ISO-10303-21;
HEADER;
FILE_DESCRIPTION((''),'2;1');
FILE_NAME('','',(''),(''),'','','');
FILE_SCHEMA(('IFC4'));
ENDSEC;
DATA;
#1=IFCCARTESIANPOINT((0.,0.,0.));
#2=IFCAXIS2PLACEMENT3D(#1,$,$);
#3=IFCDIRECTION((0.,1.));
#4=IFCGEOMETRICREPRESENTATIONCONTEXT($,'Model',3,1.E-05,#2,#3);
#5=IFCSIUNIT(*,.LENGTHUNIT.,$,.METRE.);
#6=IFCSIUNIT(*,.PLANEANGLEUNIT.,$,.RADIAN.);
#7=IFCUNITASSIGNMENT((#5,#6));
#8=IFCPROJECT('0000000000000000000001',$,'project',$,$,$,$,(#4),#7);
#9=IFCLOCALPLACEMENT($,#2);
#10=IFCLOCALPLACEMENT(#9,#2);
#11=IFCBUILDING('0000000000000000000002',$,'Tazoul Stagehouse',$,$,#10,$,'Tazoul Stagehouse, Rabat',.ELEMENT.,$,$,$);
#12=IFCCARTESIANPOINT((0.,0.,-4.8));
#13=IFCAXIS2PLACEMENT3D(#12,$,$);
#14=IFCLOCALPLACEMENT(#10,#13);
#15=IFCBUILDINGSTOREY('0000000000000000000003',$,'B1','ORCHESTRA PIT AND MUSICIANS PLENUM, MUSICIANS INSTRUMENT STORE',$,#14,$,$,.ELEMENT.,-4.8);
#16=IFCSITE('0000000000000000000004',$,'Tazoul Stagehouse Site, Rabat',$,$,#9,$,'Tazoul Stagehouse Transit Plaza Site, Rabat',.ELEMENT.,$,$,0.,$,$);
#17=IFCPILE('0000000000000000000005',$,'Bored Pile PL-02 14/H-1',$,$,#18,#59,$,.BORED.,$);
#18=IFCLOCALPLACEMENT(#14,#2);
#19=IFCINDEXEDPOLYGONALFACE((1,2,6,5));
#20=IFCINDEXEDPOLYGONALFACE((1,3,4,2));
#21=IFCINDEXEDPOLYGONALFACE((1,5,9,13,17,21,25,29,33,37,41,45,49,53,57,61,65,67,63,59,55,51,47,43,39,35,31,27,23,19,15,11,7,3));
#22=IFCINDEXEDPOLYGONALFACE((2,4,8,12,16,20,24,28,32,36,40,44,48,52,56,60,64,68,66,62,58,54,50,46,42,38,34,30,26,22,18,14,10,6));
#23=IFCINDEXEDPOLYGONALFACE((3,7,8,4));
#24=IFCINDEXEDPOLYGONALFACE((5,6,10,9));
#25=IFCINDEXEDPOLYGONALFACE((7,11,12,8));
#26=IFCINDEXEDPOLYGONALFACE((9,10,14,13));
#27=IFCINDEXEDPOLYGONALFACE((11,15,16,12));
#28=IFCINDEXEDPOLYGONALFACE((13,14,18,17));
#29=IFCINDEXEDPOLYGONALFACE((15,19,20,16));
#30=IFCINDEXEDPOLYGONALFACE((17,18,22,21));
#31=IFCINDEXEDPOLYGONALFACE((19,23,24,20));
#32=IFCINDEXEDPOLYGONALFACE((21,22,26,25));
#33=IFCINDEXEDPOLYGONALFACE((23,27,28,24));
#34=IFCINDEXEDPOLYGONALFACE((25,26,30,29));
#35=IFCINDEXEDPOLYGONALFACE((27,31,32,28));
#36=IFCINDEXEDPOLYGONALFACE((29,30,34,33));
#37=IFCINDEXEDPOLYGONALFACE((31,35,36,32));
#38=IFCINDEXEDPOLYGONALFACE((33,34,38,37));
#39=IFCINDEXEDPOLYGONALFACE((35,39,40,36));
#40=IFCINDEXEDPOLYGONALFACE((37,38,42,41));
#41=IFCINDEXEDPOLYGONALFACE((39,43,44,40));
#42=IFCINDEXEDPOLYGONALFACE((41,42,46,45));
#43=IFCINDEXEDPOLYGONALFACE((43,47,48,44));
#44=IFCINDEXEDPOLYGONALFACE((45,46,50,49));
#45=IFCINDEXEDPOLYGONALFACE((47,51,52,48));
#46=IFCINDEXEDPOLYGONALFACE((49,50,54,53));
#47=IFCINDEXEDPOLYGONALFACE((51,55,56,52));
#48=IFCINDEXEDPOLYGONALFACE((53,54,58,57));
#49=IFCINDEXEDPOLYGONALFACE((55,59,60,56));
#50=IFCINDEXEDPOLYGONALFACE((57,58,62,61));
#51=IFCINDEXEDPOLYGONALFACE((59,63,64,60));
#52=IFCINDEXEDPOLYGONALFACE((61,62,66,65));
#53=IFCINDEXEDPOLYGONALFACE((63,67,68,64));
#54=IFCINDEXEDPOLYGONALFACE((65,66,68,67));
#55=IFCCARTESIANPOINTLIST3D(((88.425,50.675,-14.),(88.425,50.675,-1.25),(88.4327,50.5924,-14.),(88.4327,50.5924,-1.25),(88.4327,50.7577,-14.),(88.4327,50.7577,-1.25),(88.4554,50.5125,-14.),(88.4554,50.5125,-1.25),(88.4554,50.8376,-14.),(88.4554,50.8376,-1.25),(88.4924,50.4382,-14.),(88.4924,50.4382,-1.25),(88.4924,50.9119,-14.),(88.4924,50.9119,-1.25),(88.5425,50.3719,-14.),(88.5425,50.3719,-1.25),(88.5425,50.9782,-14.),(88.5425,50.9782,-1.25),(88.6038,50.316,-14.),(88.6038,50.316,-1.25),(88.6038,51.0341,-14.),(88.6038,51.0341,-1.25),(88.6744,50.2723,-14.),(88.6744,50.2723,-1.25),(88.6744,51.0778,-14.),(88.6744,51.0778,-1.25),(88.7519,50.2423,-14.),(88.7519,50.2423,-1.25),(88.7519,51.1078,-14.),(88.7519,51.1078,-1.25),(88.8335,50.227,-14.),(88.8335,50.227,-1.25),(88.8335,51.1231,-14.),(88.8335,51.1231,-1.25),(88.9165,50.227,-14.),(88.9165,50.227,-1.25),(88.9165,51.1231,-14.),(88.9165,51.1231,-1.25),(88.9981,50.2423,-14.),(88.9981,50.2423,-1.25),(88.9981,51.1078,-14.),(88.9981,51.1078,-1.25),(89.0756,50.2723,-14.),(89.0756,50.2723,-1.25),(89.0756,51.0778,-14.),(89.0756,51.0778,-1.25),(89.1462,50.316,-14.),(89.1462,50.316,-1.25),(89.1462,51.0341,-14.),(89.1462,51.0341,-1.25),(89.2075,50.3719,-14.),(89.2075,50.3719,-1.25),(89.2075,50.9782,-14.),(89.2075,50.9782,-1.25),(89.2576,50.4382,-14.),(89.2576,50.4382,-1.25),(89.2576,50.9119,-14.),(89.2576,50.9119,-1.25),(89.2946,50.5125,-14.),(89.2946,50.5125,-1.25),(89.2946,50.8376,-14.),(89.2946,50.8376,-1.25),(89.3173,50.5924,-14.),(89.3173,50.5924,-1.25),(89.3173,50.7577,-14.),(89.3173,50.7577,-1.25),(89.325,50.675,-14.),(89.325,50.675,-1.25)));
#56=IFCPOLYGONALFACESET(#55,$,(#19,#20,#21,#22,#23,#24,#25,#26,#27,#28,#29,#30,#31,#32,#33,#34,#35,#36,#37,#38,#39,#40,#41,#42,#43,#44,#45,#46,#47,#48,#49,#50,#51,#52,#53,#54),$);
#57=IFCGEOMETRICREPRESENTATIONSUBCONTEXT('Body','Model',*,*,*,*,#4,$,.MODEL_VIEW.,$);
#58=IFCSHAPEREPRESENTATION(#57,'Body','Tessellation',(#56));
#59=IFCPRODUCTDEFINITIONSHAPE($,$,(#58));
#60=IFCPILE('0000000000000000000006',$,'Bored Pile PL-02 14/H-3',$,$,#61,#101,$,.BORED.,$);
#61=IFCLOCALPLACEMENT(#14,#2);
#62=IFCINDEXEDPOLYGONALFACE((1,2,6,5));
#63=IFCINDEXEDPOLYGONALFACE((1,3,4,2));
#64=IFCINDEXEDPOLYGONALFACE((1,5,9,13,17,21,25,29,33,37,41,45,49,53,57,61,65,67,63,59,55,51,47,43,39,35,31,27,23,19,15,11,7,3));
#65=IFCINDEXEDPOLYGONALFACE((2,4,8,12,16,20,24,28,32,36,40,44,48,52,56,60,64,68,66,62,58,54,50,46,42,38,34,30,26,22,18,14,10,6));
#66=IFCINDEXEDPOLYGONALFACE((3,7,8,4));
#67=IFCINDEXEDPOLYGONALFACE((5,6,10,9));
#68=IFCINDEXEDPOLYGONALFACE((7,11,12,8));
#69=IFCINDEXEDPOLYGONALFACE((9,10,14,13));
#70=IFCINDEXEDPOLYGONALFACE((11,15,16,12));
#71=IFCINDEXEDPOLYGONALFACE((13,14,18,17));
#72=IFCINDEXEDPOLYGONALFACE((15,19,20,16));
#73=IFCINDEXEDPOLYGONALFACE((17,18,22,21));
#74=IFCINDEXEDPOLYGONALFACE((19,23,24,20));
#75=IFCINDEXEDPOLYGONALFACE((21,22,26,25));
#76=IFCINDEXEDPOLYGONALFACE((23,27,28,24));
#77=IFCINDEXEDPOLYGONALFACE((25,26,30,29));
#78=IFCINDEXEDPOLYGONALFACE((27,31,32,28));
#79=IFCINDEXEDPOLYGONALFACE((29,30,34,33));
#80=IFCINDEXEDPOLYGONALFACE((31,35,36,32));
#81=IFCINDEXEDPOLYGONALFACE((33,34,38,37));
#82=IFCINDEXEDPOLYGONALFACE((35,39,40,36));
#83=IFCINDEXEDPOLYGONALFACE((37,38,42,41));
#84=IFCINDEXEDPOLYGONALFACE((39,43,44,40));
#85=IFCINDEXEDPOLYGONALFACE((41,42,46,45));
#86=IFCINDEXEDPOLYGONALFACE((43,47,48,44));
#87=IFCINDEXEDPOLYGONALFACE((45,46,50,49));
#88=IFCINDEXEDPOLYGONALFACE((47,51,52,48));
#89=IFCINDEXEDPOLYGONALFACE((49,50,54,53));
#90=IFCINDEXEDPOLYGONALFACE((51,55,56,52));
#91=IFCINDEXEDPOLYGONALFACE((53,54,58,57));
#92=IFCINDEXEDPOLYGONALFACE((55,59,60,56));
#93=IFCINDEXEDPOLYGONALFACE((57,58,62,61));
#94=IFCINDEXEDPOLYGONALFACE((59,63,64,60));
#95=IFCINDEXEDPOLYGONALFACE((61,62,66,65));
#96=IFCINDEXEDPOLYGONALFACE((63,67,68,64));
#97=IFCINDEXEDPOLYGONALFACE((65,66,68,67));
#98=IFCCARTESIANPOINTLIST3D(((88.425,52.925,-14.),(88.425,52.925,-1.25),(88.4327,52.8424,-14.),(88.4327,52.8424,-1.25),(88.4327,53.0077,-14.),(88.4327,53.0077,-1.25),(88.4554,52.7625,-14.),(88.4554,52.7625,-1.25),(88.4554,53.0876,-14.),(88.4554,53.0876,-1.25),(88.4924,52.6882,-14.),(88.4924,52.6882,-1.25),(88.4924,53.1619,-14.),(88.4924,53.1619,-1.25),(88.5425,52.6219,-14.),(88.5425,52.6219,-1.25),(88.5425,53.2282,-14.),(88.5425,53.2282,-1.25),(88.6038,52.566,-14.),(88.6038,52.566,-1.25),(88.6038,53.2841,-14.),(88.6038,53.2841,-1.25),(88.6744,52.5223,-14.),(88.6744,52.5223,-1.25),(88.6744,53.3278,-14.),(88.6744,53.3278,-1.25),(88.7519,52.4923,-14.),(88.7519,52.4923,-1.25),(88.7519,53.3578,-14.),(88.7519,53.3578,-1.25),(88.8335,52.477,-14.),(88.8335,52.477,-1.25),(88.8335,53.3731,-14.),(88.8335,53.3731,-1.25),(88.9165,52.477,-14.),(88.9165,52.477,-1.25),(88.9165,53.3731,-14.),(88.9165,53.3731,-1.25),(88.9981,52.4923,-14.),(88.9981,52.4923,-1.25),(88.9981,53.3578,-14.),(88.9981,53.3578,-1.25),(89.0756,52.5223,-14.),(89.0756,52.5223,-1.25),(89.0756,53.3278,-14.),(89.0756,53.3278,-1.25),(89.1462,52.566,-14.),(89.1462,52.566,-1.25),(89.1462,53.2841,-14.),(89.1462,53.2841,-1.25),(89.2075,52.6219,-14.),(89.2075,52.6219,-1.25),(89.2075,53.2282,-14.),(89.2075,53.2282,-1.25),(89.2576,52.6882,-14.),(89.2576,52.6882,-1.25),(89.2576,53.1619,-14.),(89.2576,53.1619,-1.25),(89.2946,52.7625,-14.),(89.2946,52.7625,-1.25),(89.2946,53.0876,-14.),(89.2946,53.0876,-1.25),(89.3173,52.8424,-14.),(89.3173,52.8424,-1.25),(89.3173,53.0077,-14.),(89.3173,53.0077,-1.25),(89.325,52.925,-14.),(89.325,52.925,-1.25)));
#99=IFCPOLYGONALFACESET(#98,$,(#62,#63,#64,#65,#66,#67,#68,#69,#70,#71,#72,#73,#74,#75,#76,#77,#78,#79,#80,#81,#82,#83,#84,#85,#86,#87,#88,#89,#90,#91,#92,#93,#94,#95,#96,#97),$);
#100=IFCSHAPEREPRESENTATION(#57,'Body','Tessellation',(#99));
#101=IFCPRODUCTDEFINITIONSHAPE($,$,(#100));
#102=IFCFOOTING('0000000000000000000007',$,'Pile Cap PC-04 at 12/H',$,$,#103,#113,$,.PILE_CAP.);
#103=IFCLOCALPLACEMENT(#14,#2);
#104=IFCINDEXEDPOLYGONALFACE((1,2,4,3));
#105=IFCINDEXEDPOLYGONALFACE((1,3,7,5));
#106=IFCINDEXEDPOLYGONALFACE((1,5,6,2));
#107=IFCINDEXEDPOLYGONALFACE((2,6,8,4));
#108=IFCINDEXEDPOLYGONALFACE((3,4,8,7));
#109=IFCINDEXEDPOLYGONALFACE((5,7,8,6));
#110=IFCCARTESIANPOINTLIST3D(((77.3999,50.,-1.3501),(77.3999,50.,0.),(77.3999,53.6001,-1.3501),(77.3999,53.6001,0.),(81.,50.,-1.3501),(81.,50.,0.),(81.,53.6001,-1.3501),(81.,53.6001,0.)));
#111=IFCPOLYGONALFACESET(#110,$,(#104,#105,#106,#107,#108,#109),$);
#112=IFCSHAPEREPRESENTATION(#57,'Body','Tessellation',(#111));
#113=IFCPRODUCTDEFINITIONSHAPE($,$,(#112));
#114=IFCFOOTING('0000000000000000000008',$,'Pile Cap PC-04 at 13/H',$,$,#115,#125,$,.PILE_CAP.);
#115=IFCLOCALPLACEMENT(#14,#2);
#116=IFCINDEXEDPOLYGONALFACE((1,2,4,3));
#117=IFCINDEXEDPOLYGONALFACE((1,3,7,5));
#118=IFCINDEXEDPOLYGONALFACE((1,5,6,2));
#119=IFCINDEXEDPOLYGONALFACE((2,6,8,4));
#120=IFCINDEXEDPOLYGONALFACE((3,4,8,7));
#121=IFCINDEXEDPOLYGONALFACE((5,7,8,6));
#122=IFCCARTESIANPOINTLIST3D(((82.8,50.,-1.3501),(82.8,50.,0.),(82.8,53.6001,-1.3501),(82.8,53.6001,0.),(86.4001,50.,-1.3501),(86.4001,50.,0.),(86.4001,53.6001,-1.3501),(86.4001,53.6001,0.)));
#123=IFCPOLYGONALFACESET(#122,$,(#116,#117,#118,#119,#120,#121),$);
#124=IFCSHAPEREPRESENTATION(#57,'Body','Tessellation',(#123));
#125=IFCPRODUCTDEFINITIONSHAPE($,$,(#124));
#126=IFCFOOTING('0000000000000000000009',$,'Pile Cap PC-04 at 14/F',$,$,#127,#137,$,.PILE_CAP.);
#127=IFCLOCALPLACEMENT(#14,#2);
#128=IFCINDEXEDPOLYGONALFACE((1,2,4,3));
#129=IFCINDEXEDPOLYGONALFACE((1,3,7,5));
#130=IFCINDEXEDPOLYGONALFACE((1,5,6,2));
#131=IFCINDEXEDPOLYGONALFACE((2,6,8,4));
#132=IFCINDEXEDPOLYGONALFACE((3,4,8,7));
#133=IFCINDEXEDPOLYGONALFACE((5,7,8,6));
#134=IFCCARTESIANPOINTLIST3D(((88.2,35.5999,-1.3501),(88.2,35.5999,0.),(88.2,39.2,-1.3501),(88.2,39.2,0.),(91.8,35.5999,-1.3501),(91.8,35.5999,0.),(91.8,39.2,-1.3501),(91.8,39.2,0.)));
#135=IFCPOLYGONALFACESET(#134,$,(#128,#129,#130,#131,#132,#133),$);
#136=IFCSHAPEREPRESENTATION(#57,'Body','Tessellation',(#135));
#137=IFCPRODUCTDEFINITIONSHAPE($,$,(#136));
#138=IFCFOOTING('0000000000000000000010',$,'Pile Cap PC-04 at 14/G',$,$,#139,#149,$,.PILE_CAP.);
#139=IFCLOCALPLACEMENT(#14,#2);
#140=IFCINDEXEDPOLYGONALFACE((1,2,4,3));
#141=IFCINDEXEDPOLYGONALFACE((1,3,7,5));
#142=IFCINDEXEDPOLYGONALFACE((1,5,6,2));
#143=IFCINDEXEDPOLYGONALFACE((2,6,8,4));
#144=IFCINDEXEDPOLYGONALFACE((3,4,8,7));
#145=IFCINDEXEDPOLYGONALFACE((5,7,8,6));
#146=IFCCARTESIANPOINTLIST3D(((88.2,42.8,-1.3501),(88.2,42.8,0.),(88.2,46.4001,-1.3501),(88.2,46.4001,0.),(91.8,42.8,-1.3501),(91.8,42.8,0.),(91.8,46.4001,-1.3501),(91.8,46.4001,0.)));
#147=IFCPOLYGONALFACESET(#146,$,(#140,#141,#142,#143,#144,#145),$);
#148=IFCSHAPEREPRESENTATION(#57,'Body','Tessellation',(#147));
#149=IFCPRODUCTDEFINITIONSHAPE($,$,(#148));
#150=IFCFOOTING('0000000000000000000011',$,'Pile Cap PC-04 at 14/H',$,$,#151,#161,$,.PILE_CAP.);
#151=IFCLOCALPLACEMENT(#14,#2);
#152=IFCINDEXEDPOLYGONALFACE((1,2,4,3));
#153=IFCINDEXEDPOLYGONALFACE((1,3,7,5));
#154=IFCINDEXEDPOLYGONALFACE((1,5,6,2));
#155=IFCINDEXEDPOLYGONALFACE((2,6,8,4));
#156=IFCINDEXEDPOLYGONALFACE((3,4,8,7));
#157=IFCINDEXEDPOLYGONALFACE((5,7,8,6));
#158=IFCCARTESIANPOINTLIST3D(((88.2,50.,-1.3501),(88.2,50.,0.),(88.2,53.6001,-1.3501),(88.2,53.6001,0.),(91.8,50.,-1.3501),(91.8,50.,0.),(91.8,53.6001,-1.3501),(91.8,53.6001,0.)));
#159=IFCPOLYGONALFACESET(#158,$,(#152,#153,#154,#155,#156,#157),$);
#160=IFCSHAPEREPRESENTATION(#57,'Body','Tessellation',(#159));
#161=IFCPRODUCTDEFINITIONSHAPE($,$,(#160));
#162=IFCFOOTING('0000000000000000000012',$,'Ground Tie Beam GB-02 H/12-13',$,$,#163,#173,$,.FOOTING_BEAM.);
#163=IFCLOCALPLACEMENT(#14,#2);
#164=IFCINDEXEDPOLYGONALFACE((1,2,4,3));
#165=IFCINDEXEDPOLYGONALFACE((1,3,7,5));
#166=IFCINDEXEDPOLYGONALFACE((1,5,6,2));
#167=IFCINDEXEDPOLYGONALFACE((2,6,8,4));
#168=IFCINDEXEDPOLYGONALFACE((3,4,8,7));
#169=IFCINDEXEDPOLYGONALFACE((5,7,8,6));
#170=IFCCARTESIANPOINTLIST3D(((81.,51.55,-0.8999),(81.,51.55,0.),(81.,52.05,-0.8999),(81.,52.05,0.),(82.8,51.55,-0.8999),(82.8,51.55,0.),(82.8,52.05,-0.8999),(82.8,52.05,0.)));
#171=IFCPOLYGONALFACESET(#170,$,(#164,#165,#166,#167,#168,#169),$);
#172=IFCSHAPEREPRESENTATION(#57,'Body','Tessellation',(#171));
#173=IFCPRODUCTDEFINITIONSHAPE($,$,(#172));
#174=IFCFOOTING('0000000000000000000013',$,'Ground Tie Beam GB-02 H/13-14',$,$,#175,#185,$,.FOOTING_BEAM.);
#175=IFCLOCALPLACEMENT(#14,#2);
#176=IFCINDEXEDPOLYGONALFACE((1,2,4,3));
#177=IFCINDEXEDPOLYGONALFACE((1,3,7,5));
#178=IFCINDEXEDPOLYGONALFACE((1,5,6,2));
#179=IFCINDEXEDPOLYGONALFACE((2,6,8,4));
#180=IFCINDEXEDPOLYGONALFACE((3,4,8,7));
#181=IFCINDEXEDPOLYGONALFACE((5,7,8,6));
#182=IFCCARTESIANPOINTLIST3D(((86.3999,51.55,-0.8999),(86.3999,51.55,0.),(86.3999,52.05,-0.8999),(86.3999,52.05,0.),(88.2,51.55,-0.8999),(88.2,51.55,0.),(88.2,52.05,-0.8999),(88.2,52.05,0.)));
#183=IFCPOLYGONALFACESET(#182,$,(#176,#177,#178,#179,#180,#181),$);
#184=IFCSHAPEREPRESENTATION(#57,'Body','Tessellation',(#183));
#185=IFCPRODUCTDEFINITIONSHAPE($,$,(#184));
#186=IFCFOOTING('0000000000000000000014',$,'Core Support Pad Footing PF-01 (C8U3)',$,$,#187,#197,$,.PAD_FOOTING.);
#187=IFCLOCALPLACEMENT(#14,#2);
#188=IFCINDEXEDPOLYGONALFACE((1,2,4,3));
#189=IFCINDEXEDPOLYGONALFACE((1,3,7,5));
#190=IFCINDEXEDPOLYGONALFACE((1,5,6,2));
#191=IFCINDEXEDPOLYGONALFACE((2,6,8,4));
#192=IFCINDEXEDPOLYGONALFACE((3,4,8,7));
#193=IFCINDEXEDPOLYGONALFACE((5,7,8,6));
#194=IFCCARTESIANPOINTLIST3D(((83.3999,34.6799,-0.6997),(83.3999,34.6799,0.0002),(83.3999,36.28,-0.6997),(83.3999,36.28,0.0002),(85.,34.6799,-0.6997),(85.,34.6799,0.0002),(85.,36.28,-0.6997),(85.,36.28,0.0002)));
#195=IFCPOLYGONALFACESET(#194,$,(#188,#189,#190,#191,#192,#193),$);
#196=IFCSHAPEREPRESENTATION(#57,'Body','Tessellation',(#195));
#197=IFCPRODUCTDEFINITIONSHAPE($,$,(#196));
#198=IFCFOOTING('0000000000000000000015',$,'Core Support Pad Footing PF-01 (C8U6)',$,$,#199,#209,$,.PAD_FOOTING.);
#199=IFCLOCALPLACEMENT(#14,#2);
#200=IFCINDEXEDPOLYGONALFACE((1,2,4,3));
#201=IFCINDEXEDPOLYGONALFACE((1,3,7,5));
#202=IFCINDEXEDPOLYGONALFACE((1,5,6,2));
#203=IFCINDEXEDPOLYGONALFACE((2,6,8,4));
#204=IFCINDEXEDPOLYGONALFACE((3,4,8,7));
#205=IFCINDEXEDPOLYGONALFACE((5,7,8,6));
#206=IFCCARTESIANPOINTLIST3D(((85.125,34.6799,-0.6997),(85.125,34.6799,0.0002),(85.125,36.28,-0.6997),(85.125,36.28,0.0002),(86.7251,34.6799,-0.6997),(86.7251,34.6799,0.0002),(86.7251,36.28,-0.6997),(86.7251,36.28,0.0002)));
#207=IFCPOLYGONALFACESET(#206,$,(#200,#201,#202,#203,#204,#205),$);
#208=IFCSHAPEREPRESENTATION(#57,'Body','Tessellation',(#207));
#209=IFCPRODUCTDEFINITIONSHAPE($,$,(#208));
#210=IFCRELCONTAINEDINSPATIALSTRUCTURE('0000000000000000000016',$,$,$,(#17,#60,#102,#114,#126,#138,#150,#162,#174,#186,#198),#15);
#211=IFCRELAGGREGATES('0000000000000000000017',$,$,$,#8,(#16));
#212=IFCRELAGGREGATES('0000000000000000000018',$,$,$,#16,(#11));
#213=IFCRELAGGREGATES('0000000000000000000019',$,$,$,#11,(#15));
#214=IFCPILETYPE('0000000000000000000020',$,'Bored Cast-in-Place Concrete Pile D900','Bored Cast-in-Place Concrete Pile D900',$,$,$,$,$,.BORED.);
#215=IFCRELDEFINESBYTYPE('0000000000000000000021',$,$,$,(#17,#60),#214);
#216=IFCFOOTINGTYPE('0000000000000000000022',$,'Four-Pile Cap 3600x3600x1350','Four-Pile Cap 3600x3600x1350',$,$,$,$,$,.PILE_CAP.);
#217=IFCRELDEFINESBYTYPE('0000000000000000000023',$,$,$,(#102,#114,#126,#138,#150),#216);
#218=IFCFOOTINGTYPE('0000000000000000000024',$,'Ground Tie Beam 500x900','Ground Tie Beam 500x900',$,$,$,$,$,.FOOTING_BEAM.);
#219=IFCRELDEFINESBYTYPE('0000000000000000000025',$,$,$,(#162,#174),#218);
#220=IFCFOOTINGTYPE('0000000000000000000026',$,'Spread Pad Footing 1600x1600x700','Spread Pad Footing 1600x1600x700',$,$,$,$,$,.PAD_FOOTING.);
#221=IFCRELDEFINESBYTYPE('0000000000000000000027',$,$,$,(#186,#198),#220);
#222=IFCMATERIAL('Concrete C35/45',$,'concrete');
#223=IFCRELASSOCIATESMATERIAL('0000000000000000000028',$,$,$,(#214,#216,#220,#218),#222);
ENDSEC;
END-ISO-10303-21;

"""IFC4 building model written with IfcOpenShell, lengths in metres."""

from ifc_helpers import new_model, si_unit, direction, frame, origin, origin_2d, place, context, subcontext, project, spatial, rectangle, circle, extrude, material, material_profile, profile_set, type_object, element, save


model = new_model("IFC4")

# Units and contexts
model_context = context("Model", 3, precision=1e-05, world=origin(), true_north=direction((0.0, 1.0)))
body_context = subcontext(model_context, "Body", "Model", "MODEL_VIEW")
ifc_project = project(units=[si_unit("LENGTHUNIT", "METRE"), si_unit("PLANEANGLEUNIT", "RADIAN")], contexts=[model_context])

# Site, building, storey
site_placement = place(None, origin())
site = spatial("IfcSite", under=ifc_project, at=site_placement, Name="Tazoul Stagehouse Site, Rabat", LongName="Tazoul Stagehouse Transit Plaza Site, Rabat", CompositionType="ELEMENT", RefElevation=0.0)
building_placement = place(site_placement, origin())
building = spatial("IfcBuilding", under=site, at=building_placement, Name="Tazoul Stagehouse", LongName="Tazoul Stagehouse, Rabat", CompositionType="ELEMENT")
storey_placement = place(building_placement, frame((0.0, 0.0, -4.8)))
storey = spatial("IfcBuildingStorey", under=building, at=storey_placement, Name="B1", Description="ORCHESTRA PIT AND MUSICIANS PLENUM, MUSICIANS INSTRUMENT STORE", CompositionType="ELEMENT", Elevation=-4.8)

# Piles
ifc_material_1 = material(Name="Concrete C35/45", Category="concrete")
ifc_material_profile_1 = material_profile(ifc_material_1, circle(Radius=0.45, at=origin_2d()), Name="BORED PILE 900")
ifc_profile_set_1 = profile_set([ifc_material_profile_1], Name="Concrete C35/45")
pile_type_1 = type_object("IfcPileType", Name="Bored Cast-in-Place Concrete Pile D900", Description="Bored Cast-in-Place Concrete Pile D900", PredefinedType="BORED", material=ifc_profile_set_1)
for number, where, z_axis, x_axis, name in (
    (1, (88.875, 50.675, -1.25), (0.0, 0.0, -1.0), (1.0, 0.0, 0.0), "Bored Pile PL-02 14/H-1"),
    (2, (88.875, 52.925, -1.25), (0.0, 0.0, -1.0), (1.0, 0.0, 0.0), "Bored Pile PL-02 14/H-3"),
):
    element("IfcPile", number, at=place(storey_placement, frame(where, z_axis=z_axis, x_axis=x_axis)), inside=storey, type_object=pile_type_1, Name=name, PredefinedType="BORED", context=body_context, shape_type="SweptSolid", body=[
        extrude(circle(Radius=0.45, at=origin_2d()), origin(), (0.0, 0.0, 1.0), 12.75),
    ])

# Footings
footing_type_1 = type_object("IfcFootingType", Name="Four-Pile Cap 3600x3600x1350", Description="Four-Pile Cap 3600x3600x1350", PredefinedType="PILE_CAP", material=ifc_material_1)
for number, where, z_axis, x_axis, name in (
    (3, (79.2, 51.8, -1.3501), (0.0, 0.0, 1.0), (1.0, 0.0, 0.0), "Pile Cap PC-04 at 12/H"),
    (4, (84.6001, 51.8, -1.3501), (0.0, 0.0, 1.0), (1.0, 0.0, 0.0), "Pile Cap PC-04 at 13/H"),
    (5, (90.0, 37.3999, -1.3501), (0.0, 0.0, 1.0), (1.0, 0.0, 0.0), "Pile Cap PC-04 at 14/F"),
    (6, (90.0, 44.6001, -1.3501), (0.0, 0.0, 1.0), (1.0, 0.0, 0.0), "Pile Cap PC-04 at 14/G"),
    (7, (90.0, 51.8, -1.3501), (0.0, 0.0, 1.0), (1.0, 0.0, 0.0), "Pile Cap PC-04 at 14/H"),
):
    element("IfcFooting", number, at=place(storey_placement, frame(where, z_axis=z_axis, x_axis=x_axis)), inside=storey, type_object=footing_type_1, Name=name, PredefinedType="PILE_CAP", context=body_context, shape_type="SweptSolid", body=[
        extrude(rectangle(XDim=3.6001, YDim=3.6001, at=origin_2d()), origin(), (0.0, 0.0, 1.0), 1.3501),
    ])
ifc_material_profile_2 = material_profile(ifc_material_1, rectangle(XDim=0.5, YDim=0.8999, at=origin_2d()), Name="RC 500x900")
ifc_profile_set_2 = profile_set([ifc_material_profile_2], Name="Concrete C35/45")
footing_type_2 = type_object("IfcFootingType", Name="Ground Tie Beam 500x900", Description="Ground Tie Beam 500x900", PredefinedType="FOOTING_BEAM", material=ifc_profile_set_2)
for number, where, z_axis, x_axis, name in (
    (8, (81.0, 51.8, -0.45), (1.0, 0.0, 0.0), (0.0, 1.0, 0.0), "Ground Tie Beam GB-02 H/12-13"),
    (9, (86.3999, 51.8, -0.45), (1.0, 0.0, 0.0), (0.0, 1.0, 0.0), "Ground Tie Beam GB-02 H/13-14"),
):
    element("IfcFooting", number, at=place(storey_placement, frame(where, z_axis=z_axis, x_axis=x_axis)), inside=storey, type_object=footing_type_2, Name=name, PredefinedType="FOOTING_BEAM", context=body_context, shape_type="SweptSolid", body=[
        extrude(rectangle(XDim=0.5, YDim=0.8999, at=origin_2d()), origin(), (0.0, 0.0, 1.0), 1.8),
    ])
footing_type_3 = type_object("IfcFootingType", Name="Spread Pad Footing 1600x1600x700", Description="Spread Pad Footing 1600x1600x700", PredefinedType="PAD_FOOTING", material=ifc_material_1)
for number, where, z_axis, x_axis, name in (
    (10, (84.2, 35.48, -0.6997), (0.0, 0.0, 1.0), (1.0, 0.0, 0.0), "Core Support Pad Footing PF-01 (C8U3)"),
    (11, (85.925, 35.48, -0.6997), (0.0, 0.0, 1.0), (1.0, 0.0, 0.0), "Core Support Pad Footing PF-01 (C8U6)"),
):
    element("IfcFooting", number, at=place(storey_placement, frame(where, z_axis=z_axis, x_axis=x_axis)), inside=storey, type_object=footing_type_3, Name=name, PredefinedType="PAD_FOOTING", context=body_context, shape_type="SweptSolid", body=[
        extrude(rectangle(XDim=1.6001, YDim=1.6001, at=origin_2d()), origin(), (0.0, 0.0, 1.0), 0.7),
    ])

save(model, "model.ifc")
